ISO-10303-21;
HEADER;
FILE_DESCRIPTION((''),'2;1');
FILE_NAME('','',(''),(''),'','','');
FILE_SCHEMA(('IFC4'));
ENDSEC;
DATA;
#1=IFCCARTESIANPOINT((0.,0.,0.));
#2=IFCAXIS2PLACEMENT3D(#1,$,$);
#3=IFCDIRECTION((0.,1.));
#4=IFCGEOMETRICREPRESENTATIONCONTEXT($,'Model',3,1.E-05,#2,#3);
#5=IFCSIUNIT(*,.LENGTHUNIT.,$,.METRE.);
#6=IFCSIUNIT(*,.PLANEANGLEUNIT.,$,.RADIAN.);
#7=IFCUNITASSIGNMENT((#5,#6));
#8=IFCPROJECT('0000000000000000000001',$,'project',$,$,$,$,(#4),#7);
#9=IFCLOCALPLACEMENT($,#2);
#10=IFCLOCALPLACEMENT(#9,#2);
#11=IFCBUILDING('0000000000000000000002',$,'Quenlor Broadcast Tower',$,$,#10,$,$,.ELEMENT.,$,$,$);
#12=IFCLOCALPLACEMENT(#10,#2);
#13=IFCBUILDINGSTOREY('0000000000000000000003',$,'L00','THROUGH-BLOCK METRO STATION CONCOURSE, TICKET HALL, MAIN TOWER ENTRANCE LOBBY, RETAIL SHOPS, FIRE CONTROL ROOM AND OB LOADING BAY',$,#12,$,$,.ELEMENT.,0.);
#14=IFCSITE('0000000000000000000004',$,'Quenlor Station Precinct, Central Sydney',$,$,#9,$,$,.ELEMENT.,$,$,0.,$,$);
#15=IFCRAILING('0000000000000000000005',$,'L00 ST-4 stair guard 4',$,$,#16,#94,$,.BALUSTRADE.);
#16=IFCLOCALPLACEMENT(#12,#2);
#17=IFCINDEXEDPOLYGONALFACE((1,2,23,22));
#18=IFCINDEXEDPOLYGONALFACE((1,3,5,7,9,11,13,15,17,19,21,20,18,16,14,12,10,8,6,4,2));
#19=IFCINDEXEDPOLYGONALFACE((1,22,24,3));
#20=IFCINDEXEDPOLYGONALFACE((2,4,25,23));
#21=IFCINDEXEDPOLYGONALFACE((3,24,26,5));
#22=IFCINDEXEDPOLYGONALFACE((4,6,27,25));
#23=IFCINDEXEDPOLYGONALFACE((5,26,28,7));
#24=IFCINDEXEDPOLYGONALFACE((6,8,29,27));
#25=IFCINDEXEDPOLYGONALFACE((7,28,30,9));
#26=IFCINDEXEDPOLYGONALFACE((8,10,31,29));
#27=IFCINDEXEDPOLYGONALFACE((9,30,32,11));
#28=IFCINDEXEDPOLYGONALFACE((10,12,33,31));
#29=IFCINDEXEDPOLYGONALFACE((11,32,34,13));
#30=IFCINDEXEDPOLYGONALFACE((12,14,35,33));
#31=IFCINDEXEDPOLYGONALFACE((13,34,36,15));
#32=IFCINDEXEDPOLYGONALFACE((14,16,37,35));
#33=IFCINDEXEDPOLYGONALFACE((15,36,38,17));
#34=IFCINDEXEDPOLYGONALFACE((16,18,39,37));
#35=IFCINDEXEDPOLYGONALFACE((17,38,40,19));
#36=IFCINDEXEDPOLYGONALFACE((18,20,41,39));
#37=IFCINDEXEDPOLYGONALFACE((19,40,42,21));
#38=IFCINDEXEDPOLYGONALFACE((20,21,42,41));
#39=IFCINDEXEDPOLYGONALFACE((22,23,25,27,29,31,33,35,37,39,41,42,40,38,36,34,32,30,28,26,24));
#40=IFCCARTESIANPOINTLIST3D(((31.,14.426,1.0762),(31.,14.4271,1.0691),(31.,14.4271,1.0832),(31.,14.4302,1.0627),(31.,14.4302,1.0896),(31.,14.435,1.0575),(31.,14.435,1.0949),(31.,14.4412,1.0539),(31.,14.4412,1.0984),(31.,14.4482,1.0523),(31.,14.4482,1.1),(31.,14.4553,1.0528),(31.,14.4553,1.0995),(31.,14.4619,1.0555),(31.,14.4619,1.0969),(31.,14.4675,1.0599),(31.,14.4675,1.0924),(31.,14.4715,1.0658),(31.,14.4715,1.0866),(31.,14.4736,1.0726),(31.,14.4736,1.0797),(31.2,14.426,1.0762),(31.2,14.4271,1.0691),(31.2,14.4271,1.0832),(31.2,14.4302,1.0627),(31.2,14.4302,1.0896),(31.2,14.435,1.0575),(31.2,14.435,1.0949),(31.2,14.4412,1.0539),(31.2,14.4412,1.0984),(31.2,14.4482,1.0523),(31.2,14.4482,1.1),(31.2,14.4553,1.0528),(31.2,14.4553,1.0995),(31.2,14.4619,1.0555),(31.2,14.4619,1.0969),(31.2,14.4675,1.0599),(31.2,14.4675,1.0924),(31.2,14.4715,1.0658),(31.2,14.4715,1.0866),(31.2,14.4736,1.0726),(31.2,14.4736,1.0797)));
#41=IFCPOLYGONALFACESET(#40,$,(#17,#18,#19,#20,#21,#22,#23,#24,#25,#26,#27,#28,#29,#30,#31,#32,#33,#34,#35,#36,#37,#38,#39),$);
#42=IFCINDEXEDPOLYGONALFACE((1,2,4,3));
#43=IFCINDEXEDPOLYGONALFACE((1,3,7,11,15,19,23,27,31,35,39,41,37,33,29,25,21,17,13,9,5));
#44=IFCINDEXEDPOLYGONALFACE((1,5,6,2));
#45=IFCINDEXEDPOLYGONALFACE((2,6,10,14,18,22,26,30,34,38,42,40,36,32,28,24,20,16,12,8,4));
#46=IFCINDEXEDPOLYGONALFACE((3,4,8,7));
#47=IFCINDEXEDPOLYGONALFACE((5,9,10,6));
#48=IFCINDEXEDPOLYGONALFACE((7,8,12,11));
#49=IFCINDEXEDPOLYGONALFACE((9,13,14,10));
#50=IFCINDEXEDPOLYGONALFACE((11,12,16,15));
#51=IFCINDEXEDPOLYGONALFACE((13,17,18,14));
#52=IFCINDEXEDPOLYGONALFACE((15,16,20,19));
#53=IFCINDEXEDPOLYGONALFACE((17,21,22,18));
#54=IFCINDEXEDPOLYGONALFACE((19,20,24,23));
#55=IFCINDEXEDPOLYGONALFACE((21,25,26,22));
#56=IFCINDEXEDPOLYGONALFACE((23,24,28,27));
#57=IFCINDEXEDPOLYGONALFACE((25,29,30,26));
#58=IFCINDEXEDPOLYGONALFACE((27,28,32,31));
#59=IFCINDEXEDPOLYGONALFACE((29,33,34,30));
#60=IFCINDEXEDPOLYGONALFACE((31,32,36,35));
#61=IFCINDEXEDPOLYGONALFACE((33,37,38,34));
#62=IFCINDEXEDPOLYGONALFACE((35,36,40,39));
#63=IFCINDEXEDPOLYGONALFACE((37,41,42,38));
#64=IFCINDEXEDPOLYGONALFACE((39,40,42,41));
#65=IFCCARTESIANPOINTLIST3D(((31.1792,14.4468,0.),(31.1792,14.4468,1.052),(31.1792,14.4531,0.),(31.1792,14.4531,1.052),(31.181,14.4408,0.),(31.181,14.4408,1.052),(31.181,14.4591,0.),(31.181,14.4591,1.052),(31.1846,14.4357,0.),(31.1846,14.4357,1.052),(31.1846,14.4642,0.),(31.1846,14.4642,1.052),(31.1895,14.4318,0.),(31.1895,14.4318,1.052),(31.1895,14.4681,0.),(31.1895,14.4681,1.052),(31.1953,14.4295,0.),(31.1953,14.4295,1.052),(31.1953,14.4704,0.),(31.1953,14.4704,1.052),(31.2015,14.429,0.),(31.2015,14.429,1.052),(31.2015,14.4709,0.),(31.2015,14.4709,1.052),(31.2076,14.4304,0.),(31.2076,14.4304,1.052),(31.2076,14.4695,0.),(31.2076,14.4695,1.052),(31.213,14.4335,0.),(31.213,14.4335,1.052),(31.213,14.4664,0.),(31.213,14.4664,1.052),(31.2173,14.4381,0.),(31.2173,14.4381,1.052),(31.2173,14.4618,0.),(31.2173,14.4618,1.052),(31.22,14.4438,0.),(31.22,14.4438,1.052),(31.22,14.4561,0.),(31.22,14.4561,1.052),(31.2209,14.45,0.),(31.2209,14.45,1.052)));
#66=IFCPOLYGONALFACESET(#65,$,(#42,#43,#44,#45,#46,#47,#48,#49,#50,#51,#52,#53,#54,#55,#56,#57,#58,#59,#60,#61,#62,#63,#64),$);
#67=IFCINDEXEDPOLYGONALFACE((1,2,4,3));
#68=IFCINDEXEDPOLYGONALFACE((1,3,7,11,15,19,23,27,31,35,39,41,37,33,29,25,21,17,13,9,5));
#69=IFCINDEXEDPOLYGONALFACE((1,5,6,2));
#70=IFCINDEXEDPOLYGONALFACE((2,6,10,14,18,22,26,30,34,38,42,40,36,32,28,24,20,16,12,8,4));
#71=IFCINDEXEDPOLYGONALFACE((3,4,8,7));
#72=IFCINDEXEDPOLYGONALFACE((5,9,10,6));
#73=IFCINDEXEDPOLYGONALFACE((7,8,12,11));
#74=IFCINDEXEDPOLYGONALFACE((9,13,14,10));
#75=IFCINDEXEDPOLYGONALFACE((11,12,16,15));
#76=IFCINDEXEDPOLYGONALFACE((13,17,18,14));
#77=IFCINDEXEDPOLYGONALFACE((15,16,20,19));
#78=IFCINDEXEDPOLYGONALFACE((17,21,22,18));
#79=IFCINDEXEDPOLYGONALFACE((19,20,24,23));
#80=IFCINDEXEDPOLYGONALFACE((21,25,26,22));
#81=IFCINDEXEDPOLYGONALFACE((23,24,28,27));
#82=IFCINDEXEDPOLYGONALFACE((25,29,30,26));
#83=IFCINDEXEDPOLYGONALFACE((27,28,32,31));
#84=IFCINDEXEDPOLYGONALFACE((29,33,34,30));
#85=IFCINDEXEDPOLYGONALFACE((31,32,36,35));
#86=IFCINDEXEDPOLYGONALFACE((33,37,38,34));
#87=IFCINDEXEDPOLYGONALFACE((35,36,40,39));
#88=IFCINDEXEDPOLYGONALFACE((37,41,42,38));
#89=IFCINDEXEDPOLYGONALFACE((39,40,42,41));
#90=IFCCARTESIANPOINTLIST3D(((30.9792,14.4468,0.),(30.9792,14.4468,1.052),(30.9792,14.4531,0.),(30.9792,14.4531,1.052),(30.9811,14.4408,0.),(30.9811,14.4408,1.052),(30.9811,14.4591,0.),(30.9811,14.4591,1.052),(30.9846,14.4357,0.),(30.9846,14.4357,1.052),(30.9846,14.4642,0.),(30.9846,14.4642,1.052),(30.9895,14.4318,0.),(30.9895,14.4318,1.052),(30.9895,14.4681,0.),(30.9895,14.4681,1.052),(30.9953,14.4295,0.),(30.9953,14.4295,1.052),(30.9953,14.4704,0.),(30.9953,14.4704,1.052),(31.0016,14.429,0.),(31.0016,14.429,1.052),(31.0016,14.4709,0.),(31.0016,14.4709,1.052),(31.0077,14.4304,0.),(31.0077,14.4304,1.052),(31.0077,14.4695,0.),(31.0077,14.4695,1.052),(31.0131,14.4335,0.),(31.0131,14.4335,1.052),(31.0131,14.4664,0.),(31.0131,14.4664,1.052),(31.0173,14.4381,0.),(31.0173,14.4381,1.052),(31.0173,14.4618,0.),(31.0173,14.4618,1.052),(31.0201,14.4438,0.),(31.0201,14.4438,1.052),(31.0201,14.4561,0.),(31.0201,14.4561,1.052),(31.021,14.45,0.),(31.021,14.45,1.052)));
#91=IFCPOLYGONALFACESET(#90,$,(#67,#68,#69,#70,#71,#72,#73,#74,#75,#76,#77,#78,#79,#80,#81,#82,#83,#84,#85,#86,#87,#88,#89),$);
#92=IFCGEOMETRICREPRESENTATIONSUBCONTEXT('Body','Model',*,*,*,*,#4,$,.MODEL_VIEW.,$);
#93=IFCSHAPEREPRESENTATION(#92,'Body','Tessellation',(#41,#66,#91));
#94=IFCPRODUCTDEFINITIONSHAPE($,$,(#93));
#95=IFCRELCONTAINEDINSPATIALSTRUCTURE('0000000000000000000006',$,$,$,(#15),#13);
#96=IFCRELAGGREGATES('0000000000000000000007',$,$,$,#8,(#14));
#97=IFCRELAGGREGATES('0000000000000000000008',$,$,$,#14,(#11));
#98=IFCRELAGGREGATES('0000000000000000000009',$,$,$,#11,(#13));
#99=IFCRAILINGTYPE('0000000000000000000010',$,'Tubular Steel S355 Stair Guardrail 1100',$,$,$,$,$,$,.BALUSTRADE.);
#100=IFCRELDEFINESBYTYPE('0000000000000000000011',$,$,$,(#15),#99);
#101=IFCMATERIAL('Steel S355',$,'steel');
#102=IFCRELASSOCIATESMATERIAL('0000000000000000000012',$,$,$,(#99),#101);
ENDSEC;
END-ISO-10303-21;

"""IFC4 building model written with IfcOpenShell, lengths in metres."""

from ifc_helpers import new_model, si_unit, direction, frame, origin, origin_2d, place, context, subcontext, project, spatial, circle, extrude, material, type_object, element, save


model = new_model("IFC4")

# Units and contexts
model_context = context("Model", 3, precision=1e-05, world=origin(), true_north=direction((0.0, 1.0)))
body_context = subcontext(model_context, "Body", "Model", "MODEL_VIEW")
ifc_project = project(units=[si_unit("LENGTHUNIT", "METRE"), si_unit("PLANEANGLEUNIT", "RADIAN")], contexts=[model_context])

# Site, building, storey
site_placement = place(None, origin())
site = spatial("IfcSite", under=ifc_project, at=site_placement, Name="Quenlor Station Precinct, Central Sydney", CompositionType="ELEMENT", RefElevation=0.0)
building_placement = place(site_placement, origin())
building = spatial("IfcBuilding", under=site, at=building_placement, Name="Quenlor Broadcast Tower", CompositionType="ELEMENT")
storey_placement = place(building_placement, origin())
storey = spatial("IfcBuildingStorey", under=building, at=storey_placement, Name="L00", Description="THROUGH-BLOCK METRO STATION CONCOURSE, TICKET HALL, MAIN TOWER ENTRANCE LOBBY, RETAIL SHOPS, FIRE CONTROL ROOM AND OB LOADING BAY", CompositionType="ELEMENT", Elevation=0.0)

# Railing
ifc_material_1 = material(Name="Steel S355", Category="steel")
railing_type_1 = type_object("IfcRailingType", Name="Tubular Steel S355 Stair Guardrail 1100", PredefinedType="BALUSTRADE", material=ifc_material_1)
railing_1_placement = place(storey_placement, frame((31.2, 14.45, 0.0)))
element("IfcRailing", 1, at=railing_1_placement, inside=storey, type_object=railing_type_1, Name="L00 ST-4 stair guard 4", PredefinedType="BALUSTRADE", context=body_context, shape_type="SweptSolid", body=[
    extrude(circle(Radius=0.0239, at=origin_2d()), frame((0.0, 0.0, 1.0762), z_axis=(-1.0, 0.0, 0.0), x_axis=(0.0, -1.0, 0.0)), (0.0, 0.0, 1.0), 0.2),
    extrude(circle(Radius=0.021, at=origin_2d()), origin(), (0.0, 0.0, 1.0), 1.052),
    extrude(circle(Radius=0.021, at=origin_2d()), frame((-0.2, 0.0, 0.0)), (0.0, 0.0, 1.0), 1.052),
])

save(model, "model.ifc")
